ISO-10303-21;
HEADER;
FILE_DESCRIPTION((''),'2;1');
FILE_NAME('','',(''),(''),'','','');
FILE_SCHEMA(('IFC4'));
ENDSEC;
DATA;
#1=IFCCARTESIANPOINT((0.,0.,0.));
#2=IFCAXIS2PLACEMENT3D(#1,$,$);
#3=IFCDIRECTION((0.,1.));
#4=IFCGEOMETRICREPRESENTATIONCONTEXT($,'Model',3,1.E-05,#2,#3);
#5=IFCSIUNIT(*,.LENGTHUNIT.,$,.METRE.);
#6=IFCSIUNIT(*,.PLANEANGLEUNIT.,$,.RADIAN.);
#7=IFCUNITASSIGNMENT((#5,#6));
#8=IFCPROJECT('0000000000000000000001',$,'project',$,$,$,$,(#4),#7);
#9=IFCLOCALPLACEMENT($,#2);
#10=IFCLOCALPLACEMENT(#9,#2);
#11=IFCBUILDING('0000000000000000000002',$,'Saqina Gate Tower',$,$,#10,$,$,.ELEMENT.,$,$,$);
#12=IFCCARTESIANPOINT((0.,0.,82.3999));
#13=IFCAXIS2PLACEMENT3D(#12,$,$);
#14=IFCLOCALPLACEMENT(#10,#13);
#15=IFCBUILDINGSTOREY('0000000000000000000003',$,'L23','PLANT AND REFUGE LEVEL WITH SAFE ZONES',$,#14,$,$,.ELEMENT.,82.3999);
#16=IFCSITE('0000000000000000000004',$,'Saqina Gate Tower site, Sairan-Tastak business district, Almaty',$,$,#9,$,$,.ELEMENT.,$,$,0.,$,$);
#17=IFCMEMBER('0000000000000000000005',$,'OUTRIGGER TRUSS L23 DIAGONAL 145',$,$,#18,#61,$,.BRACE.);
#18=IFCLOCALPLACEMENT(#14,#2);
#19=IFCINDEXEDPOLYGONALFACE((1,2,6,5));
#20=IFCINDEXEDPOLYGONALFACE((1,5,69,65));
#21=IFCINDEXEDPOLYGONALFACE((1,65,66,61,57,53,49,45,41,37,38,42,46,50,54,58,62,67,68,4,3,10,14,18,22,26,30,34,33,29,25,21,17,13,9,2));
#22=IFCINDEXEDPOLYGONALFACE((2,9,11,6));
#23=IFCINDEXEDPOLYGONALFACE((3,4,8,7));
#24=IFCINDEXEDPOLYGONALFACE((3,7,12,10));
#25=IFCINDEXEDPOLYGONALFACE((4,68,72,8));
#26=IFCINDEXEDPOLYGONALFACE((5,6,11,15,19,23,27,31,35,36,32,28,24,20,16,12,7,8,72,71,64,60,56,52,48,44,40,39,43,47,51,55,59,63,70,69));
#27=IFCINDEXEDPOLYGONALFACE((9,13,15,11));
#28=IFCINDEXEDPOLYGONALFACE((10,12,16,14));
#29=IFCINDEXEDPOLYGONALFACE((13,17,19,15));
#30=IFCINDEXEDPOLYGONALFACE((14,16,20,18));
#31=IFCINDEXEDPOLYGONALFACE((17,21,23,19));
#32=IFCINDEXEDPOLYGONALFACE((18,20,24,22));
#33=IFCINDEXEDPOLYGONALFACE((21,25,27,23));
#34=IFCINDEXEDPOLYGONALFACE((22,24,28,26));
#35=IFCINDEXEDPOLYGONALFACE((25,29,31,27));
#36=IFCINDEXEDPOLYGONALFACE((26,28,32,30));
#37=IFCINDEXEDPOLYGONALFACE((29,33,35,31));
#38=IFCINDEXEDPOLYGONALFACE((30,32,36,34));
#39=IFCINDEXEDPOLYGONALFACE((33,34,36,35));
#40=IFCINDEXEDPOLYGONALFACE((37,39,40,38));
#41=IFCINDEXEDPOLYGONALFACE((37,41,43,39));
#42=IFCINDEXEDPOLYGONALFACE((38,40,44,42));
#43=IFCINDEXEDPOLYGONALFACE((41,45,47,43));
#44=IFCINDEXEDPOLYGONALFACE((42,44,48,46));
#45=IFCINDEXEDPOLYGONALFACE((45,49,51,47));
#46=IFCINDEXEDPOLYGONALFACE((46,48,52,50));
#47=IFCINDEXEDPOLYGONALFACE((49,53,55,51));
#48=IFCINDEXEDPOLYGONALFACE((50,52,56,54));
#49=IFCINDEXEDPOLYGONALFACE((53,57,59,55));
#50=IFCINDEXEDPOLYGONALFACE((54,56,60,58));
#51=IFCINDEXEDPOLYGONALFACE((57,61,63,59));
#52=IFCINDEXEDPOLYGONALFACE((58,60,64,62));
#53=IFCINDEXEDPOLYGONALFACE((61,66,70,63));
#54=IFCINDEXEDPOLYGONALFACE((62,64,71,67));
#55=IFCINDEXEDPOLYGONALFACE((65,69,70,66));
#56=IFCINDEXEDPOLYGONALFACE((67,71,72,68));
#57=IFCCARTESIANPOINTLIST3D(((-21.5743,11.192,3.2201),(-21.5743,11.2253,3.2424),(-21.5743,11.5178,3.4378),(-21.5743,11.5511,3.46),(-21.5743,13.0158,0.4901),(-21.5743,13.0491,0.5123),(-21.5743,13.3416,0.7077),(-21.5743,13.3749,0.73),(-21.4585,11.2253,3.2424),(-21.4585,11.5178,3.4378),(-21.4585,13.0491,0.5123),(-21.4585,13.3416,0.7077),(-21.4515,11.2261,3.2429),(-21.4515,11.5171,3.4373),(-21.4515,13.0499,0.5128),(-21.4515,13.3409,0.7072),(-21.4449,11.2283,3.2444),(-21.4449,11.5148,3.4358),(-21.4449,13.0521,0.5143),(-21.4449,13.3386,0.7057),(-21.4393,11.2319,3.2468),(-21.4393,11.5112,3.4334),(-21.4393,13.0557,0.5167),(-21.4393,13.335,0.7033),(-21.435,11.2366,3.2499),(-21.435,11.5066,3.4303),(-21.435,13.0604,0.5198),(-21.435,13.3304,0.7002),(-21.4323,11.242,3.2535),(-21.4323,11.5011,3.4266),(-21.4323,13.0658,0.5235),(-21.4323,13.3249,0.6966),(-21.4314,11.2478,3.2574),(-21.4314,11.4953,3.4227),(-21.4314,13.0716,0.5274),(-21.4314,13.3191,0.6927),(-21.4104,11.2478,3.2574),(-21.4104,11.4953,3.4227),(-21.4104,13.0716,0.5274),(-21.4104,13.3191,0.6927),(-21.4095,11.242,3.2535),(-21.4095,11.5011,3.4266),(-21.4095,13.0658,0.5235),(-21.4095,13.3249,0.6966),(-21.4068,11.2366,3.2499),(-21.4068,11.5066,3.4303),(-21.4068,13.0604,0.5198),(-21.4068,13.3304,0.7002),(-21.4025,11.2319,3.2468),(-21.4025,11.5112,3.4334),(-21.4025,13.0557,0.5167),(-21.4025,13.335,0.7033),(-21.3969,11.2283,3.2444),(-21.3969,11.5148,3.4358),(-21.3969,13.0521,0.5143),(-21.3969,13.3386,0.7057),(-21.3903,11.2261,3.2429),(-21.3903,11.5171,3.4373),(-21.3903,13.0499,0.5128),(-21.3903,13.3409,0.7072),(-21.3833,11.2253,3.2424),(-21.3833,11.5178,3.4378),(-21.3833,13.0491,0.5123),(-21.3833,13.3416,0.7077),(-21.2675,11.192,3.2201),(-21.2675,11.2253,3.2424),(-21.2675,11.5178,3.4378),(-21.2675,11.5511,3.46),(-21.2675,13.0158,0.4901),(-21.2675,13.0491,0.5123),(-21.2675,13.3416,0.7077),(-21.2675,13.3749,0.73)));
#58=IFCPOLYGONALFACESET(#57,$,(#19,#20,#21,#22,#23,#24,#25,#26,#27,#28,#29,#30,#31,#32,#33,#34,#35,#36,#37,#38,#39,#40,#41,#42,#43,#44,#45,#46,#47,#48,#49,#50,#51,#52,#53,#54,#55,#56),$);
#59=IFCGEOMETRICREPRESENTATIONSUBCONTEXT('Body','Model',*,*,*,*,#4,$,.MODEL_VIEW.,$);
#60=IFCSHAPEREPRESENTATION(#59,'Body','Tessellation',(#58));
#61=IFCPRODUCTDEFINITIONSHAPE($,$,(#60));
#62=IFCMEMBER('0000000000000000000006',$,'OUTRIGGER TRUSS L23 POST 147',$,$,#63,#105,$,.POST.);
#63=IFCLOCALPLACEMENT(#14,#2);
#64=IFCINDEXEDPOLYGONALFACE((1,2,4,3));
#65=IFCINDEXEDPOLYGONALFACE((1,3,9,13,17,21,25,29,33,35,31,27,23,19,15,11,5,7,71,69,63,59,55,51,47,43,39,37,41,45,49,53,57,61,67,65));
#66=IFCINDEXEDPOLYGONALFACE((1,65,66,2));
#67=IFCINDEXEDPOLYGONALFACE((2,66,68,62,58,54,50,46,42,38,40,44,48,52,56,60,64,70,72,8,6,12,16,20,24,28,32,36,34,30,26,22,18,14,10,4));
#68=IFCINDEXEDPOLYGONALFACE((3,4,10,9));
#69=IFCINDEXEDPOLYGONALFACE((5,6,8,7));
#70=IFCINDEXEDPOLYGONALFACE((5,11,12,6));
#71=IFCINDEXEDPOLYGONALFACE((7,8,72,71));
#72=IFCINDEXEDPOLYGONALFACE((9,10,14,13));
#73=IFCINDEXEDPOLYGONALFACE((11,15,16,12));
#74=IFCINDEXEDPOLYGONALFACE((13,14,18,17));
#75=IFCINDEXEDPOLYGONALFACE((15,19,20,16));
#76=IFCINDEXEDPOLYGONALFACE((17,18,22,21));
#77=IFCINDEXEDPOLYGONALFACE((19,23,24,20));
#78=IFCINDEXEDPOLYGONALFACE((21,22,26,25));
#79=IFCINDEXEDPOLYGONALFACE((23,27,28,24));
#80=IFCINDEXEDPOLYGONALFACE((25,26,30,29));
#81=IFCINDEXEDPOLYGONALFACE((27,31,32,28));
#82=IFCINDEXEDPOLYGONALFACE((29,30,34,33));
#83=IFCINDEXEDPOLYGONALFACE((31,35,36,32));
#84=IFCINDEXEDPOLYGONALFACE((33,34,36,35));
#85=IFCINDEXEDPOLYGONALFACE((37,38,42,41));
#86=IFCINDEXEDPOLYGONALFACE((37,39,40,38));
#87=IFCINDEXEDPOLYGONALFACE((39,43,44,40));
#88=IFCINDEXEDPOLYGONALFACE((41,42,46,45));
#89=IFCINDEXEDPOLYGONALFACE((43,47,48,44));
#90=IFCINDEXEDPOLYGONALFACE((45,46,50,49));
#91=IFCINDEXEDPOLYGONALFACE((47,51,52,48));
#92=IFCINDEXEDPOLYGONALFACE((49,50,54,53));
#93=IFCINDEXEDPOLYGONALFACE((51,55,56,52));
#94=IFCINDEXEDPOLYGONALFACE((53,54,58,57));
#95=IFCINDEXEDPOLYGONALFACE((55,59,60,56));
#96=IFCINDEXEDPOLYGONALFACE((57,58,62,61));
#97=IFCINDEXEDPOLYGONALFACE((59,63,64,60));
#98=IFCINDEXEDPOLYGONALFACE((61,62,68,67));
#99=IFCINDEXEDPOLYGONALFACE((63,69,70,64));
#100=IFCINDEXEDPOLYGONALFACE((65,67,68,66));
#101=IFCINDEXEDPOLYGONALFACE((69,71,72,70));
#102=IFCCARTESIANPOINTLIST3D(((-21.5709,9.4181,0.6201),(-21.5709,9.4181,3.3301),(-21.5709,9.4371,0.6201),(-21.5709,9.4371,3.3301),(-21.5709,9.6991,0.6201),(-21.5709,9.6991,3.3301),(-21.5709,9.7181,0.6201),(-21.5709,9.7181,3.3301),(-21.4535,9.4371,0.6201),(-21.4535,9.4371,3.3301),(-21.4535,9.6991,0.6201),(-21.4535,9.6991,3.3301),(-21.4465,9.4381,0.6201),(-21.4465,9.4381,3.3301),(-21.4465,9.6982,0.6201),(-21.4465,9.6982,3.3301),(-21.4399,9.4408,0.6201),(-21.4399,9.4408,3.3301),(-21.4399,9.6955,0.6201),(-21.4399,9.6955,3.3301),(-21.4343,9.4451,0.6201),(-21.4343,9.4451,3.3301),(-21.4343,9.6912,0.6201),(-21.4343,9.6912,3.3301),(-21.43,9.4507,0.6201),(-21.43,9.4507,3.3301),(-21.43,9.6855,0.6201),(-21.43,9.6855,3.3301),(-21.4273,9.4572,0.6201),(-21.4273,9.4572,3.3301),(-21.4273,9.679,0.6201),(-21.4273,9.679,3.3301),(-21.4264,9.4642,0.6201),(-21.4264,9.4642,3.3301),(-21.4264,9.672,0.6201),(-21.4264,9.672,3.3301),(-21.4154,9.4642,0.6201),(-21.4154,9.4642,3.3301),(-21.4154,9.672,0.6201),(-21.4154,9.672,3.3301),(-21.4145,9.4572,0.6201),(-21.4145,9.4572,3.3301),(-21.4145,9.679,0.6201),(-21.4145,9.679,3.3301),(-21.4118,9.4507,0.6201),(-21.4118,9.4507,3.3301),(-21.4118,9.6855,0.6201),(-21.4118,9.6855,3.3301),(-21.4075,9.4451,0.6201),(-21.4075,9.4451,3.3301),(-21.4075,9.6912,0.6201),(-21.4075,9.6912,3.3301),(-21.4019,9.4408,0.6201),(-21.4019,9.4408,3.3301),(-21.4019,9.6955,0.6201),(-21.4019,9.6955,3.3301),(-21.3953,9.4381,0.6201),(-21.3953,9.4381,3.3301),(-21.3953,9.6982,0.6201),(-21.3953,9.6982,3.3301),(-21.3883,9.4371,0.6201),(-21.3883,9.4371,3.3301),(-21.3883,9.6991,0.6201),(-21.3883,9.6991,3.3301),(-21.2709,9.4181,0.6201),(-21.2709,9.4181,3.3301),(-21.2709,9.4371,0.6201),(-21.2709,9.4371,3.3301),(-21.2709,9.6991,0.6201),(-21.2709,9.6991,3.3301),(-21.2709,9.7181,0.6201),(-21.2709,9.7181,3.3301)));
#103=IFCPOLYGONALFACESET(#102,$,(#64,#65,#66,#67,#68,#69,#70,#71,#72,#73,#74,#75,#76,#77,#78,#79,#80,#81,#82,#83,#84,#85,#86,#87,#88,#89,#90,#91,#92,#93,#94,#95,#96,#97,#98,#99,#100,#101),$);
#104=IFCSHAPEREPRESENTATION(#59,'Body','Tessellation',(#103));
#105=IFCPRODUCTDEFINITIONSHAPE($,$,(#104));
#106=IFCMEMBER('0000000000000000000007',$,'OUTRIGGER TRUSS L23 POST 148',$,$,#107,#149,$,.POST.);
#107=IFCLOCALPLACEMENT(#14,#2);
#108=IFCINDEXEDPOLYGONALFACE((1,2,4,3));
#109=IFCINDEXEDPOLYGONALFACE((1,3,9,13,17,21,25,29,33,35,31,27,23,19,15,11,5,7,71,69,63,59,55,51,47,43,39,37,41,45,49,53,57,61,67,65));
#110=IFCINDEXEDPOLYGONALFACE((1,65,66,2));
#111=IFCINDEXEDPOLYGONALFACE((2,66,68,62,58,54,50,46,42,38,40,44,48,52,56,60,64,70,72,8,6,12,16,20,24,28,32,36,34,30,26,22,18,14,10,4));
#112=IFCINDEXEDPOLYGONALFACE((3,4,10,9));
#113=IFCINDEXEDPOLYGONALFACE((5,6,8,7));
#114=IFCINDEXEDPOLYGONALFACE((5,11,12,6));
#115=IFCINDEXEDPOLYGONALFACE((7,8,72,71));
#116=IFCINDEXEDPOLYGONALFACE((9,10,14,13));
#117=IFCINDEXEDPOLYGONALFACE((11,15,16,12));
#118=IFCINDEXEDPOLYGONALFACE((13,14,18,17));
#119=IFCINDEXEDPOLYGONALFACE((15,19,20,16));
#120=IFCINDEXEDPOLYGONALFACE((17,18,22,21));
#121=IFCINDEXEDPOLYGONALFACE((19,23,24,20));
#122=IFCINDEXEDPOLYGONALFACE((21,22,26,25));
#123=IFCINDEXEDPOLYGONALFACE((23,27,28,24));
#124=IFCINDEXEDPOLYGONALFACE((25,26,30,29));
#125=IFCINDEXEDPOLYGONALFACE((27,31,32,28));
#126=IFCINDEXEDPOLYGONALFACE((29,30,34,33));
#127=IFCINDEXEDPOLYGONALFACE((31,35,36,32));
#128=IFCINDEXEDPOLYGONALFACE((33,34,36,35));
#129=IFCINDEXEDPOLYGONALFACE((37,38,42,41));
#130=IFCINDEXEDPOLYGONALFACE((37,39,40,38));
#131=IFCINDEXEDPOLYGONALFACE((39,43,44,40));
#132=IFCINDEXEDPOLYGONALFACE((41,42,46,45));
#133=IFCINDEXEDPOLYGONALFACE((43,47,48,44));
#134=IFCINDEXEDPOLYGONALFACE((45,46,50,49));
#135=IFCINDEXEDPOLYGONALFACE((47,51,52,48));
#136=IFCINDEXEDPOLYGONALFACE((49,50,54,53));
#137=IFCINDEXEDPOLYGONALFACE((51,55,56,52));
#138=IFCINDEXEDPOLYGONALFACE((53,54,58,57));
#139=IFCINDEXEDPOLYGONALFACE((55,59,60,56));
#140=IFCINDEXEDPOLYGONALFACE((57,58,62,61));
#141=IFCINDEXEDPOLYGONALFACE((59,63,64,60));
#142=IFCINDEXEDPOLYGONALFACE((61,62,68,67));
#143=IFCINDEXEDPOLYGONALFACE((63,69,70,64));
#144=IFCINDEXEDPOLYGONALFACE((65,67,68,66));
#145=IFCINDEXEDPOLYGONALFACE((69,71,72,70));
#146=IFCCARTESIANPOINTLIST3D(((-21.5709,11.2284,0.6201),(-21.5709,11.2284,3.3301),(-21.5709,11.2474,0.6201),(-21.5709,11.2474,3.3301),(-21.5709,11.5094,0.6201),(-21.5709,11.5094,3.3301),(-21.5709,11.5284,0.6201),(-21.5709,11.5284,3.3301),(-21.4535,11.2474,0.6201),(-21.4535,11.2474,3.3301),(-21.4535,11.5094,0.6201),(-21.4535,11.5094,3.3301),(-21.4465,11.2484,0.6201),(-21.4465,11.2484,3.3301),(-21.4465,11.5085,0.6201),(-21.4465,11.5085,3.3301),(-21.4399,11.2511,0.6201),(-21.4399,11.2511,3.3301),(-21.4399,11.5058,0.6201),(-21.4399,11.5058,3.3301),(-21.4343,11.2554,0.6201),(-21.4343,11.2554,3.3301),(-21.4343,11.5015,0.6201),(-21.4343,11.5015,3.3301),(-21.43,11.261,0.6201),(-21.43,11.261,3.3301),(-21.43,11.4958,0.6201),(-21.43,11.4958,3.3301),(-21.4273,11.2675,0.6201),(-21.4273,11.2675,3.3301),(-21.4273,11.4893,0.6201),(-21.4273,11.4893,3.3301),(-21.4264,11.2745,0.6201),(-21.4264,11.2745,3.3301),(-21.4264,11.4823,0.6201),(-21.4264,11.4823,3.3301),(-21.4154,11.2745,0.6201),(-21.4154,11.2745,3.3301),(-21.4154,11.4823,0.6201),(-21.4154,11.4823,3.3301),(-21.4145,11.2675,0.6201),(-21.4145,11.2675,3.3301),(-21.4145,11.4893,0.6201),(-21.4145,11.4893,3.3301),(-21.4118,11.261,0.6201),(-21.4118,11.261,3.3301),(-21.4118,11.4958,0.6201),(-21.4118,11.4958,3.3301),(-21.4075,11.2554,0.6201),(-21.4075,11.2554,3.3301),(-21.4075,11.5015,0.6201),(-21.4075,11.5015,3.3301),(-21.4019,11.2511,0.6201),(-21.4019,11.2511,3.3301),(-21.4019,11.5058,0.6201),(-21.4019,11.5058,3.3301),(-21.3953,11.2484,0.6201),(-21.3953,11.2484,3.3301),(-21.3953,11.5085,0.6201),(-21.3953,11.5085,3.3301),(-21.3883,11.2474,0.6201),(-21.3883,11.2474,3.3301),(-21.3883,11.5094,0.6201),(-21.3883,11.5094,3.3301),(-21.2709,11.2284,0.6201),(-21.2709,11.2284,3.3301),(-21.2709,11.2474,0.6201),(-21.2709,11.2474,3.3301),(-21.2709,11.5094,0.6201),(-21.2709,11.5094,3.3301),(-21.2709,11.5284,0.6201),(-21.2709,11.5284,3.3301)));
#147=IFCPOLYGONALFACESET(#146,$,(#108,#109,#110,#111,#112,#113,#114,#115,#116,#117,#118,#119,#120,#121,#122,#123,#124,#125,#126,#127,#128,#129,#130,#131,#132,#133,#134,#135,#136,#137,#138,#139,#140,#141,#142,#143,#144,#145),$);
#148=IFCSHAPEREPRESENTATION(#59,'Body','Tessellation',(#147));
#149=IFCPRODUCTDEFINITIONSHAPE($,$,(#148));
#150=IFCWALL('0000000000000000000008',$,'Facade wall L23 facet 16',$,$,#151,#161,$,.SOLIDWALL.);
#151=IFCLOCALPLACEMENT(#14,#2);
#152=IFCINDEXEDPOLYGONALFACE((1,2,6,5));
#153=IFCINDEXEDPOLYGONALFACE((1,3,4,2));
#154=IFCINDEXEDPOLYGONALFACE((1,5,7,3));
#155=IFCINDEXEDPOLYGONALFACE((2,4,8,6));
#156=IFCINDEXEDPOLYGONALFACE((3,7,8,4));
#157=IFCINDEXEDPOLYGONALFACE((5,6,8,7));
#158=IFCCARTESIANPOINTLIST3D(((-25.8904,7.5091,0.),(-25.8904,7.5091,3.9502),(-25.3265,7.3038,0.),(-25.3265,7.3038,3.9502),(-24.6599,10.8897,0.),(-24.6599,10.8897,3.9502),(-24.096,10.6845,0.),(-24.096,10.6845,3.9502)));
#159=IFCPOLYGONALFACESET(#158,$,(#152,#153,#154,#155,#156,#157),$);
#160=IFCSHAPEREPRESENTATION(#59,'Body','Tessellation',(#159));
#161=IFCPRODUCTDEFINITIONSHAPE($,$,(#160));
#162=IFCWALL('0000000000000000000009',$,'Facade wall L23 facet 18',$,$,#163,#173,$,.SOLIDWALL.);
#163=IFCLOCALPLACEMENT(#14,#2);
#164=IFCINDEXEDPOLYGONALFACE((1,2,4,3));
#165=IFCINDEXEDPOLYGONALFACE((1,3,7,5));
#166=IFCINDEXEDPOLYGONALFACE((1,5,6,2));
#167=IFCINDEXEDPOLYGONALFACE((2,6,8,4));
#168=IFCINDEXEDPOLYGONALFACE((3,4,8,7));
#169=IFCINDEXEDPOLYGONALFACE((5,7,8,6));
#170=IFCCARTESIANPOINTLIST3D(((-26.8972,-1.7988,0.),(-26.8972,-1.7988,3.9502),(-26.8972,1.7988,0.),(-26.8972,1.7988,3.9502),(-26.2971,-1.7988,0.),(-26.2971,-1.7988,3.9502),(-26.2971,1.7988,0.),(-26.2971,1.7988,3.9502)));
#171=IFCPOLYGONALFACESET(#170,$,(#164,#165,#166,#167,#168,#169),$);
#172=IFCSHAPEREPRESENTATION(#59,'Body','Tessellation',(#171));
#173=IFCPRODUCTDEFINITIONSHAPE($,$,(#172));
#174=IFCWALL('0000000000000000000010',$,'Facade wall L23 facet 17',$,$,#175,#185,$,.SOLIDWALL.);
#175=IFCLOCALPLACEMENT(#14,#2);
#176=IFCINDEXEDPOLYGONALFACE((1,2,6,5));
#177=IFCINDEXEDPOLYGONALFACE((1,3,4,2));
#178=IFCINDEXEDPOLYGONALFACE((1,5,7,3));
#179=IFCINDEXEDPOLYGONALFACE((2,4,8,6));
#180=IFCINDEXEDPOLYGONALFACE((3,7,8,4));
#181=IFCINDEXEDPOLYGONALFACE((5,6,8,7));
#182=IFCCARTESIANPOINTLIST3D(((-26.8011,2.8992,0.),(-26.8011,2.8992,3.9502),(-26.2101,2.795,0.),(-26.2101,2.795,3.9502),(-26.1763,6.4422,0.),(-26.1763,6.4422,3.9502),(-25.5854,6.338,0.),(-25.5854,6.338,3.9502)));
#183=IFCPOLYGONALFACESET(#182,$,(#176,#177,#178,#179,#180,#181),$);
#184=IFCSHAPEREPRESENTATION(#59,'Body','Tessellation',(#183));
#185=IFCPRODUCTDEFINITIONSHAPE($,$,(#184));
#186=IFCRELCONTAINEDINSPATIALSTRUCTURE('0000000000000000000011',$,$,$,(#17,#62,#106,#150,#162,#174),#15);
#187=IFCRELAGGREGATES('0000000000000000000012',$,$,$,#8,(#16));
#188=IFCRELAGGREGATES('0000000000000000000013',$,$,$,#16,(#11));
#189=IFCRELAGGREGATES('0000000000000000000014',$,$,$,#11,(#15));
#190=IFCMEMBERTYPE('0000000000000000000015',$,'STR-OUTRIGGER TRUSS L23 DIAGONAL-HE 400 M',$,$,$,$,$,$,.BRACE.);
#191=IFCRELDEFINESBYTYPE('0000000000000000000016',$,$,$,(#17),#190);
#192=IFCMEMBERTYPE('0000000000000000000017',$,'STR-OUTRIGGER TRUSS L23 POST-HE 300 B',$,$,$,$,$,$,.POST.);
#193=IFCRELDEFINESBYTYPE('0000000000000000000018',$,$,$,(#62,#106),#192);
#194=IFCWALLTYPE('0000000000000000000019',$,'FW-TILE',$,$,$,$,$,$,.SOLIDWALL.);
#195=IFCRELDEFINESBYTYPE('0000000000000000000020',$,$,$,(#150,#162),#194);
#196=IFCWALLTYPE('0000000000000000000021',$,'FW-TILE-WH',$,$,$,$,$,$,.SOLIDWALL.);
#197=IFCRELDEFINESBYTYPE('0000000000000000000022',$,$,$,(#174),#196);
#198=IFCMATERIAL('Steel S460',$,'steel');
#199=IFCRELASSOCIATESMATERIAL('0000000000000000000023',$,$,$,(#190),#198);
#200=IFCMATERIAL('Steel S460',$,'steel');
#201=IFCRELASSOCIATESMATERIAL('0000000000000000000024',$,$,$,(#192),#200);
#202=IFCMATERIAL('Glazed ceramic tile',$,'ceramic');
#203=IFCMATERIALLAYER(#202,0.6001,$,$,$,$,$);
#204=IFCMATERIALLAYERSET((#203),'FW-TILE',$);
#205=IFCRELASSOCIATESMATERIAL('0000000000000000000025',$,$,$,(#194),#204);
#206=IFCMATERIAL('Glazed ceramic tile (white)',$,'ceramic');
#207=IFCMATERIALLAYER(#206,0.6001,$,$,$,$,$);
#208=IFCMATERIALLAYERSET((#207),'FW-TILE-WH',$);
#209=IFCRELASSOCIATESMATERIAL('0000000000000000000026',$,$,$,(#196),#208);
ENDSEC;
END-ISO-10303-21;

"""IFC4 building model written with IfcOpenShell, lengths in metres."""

from ifc_helpers import new_model, si_unit, direction, frame, frame_2d, origin, origin_2d, place, context, subcontext, project, spatial, rectangle, i_section, extrude, material, layer, layer_set, material_profile, profile_set, type_object, element, save


model = new_model("IFC4")

# Units and contexts
model_context = context("Model", 3, precision=1e-05, world=origin(), true_north=direction((0.0, 1.0)))
body_context = subcontext(model_context, "Body", "Model", "MODEL_VIEW")
ifc_project = project(units=[si_unit("LENGTHUNIT", "METRE"), si_unit("PLANEANGLEUNIT", "RADIAN")], contexts=[model_context])

# Site, building, storey
site_placement = place(None, origin())
site = spatial("IfcSite", under=ifc_project, at=site_placement, Name="Saqina Gate Tower site, Sairan-Tastak business district, Almaty", CompositionType="ELEMENT", RefElevation=0.0)
building_placement = place(site_placement, origin())
building = spatial("IfcBuilding", under=site, at=building_placement, Name="Saqina Gate Tower", CompositionType="ELEMENT")
storey_placement = place(building_placement, frame((0.0, 0.0, 82.3999)))
storey = spatial("IfcBuildingStorey", under=building, at=storey_placement, Name="L23", Description="PLANT AND REFUGE LEVEL WITH SAFE ZONES", CompositionType="ELEMENT", Elevation=82.3999)

# Members
ifc_material_1 = material(Name="Steel S460", Category="steel")
ifc_material_profile_1 = material_profile(ifc_material_1, i_section(OverallWidth=0.3069, OverallDepth=0.4319, WebThickness=0.021, FlangeThickness=0.04, FilletRadius=0.0271, at=origin_2d()), Name="HE 400 M")
ifc_profile_set_1 = profile_set([ifc_material_profile_1], Name="Steel S460")
member_type_1 = type_object("IfcMemberType", Name="STR-OUTRIGGER TRUSS L23 DIAGONAL-HE 400 M", PredefinedType="BRACE", material=ifc_profile_set_1)
for number, where, z_axis, x_axis, name in (
    (1, (-21.4209, 11.3716, 3.3401), (0.0, 0.555489, -0.831524), (-1.0, 0.0, 0.0), "OUTRIGGER TRUSS L23 DIAGONAL 145"),
):
    element("IfcMember", number, at=place(storey_placement, frame(where, z_axis=z_axis, x_axis=x_axis)), inside=storey, type_object=member_type_1, Name=name, PredefinedType="BRACE", context=body_context, shape_type="SweptSolid", body=[
        extrude(i_section(OverallWidth=0.3069, OverallDepth=0.4319, WebThickness=0.021, FlangeThickness=0.04, FilletRadius=0.0271, at=origin_2d()), origin(), (0.0, 0.0, 1.0), 3.2832),
    ])
ifc_material_2 = material(Name="Steel S460", Category="steel")
ifc_material_profile_2 = material_profile(ifc_material_2, i_section(OverallWidth=0.3, OverallDepth=0.3, WebThickness=0.011, FlangeThickness=0.019, FilletRadius=0.0271, at=origin_2d()), Name="HE 300 B")
ifc_profile_set_2 = profile_set([ifc_material_profile_2], Name="Steel S460")
member_type_2 = type_object("IfcMemberType", Name="STR-OUTRIGGER TRUSS L23 POST-HE 300 B", PredefinedType="POST", material=ifc_profile_set_2)
for number, where, z_axis, x_axis, name in (
    (2, (-21.4209, 9.5681, 0.6201), (0.0, 0.0, 1.0), (1.0, 0.0, 0.0), "OUTRIGGER TRUSS L23 POST 147"),
    (3, (-21.4209, 11.3784, 0.6201), (0.0, 0.0, 1.0), (1.0, 0.0, 0.0), "OUTRIGGER TRUSS L23 POST 148"),
):
    element("IfcMember", number, at=place(storey_placement, frame(where, z_axis=z_axis, x_axis=x_axis)), inside=storey, type_object=member_type_2, Name=name, PredefinedType="POST", context=body_context, shape_type="SweptSolid", body=[
        extrude(i_section(OverallWidth=0.3, OverallDepth=0.3, WebThickness=0.011, FlangeThickness=0.019, FilletRadius=0.0271, at=origin_2d()), origin(), (0.0, 0.0, 1.0), 2.71),
    ])

# Walls
ifc_material_3 = material(Name="Glazed ceramic tile", Category="ceramic")
ifc_layer_1 = layer(ifc_material_3, 0.6001)
ifc_layer_set_1 = layer_set([ifc_layer_1], Name="FW-TILE")
wall_type_1 = type_object("IfcWallType", Name="FW-TILE", PredefinedType="SOLIDWALL", material=ifc_layer_set_1)
for number, where, z_axis, x_axis, name in (
    (4, (-24.3779, 10.7871, 0.0), (0.0, 0.0, 1.0), (-0.342026, -0.93969, 0.0), "Facade wall L23 facet 16"),
    (5, (-26.5972, 1.7988, 0.0), (0.0, 0.0, 1.0), (0.0, -1.0, 0.0), "Facade wall L23 facet 18"),
):
    element("IfcWall", number, at=place(storey_placement, frame(where, z_axis=z_axis, x_axis=x_axis)), inside=storey, type_object=wall_type_1, Name=name, PredefinedType="SOLIDWALL", context=body_context, shape_type="SweptSolid", body=[
        extrude(rectangle(XDim=3.5977, YDim=0.6001, at=frame_2d((1.7988, 0.0))), origin(), (0.0, 0.0, 1.0), 3.9502),
    ])
ifc_material_4 = material(Name="Glazed ceramic tile (white)", Category="ceramic")
ifc_layer_2 = layer(ifc_material_4, 0.6001)
ifc_layer_set_2 = layer_set([ifc_layer_2], Name="FW-TILE-WH")
wall_type_2 = type_object("IfcWallType", Name="FW-TILE-WH", PredefinedType="SOLIDWALL", material=ifc_layer_set_2)
wall_1_placement = place(storey_placement, frame((-25.8809, 6.3901, 0.0), z_axis=(0.0, 0.0, 1.0), x_axis=(-0.173658, -0.984806, 0.0)))
element("IfcWall", 6, at=wall_1_placement, inside=storey, type_object=wall_type_2, Name="Facade wall L23 facet 17", PredefinedType="SOLIDWALL", context=body_context, shape_type="SweptSolid", body=[
    extrude(rectangle(XDim=3.5977, YDim=0.6001, at=frame_2d((1.7988, 0.0))), origin(), (0.0, 0.0, 1.0), 3.9502),
])

save(model, "model.ifc")
